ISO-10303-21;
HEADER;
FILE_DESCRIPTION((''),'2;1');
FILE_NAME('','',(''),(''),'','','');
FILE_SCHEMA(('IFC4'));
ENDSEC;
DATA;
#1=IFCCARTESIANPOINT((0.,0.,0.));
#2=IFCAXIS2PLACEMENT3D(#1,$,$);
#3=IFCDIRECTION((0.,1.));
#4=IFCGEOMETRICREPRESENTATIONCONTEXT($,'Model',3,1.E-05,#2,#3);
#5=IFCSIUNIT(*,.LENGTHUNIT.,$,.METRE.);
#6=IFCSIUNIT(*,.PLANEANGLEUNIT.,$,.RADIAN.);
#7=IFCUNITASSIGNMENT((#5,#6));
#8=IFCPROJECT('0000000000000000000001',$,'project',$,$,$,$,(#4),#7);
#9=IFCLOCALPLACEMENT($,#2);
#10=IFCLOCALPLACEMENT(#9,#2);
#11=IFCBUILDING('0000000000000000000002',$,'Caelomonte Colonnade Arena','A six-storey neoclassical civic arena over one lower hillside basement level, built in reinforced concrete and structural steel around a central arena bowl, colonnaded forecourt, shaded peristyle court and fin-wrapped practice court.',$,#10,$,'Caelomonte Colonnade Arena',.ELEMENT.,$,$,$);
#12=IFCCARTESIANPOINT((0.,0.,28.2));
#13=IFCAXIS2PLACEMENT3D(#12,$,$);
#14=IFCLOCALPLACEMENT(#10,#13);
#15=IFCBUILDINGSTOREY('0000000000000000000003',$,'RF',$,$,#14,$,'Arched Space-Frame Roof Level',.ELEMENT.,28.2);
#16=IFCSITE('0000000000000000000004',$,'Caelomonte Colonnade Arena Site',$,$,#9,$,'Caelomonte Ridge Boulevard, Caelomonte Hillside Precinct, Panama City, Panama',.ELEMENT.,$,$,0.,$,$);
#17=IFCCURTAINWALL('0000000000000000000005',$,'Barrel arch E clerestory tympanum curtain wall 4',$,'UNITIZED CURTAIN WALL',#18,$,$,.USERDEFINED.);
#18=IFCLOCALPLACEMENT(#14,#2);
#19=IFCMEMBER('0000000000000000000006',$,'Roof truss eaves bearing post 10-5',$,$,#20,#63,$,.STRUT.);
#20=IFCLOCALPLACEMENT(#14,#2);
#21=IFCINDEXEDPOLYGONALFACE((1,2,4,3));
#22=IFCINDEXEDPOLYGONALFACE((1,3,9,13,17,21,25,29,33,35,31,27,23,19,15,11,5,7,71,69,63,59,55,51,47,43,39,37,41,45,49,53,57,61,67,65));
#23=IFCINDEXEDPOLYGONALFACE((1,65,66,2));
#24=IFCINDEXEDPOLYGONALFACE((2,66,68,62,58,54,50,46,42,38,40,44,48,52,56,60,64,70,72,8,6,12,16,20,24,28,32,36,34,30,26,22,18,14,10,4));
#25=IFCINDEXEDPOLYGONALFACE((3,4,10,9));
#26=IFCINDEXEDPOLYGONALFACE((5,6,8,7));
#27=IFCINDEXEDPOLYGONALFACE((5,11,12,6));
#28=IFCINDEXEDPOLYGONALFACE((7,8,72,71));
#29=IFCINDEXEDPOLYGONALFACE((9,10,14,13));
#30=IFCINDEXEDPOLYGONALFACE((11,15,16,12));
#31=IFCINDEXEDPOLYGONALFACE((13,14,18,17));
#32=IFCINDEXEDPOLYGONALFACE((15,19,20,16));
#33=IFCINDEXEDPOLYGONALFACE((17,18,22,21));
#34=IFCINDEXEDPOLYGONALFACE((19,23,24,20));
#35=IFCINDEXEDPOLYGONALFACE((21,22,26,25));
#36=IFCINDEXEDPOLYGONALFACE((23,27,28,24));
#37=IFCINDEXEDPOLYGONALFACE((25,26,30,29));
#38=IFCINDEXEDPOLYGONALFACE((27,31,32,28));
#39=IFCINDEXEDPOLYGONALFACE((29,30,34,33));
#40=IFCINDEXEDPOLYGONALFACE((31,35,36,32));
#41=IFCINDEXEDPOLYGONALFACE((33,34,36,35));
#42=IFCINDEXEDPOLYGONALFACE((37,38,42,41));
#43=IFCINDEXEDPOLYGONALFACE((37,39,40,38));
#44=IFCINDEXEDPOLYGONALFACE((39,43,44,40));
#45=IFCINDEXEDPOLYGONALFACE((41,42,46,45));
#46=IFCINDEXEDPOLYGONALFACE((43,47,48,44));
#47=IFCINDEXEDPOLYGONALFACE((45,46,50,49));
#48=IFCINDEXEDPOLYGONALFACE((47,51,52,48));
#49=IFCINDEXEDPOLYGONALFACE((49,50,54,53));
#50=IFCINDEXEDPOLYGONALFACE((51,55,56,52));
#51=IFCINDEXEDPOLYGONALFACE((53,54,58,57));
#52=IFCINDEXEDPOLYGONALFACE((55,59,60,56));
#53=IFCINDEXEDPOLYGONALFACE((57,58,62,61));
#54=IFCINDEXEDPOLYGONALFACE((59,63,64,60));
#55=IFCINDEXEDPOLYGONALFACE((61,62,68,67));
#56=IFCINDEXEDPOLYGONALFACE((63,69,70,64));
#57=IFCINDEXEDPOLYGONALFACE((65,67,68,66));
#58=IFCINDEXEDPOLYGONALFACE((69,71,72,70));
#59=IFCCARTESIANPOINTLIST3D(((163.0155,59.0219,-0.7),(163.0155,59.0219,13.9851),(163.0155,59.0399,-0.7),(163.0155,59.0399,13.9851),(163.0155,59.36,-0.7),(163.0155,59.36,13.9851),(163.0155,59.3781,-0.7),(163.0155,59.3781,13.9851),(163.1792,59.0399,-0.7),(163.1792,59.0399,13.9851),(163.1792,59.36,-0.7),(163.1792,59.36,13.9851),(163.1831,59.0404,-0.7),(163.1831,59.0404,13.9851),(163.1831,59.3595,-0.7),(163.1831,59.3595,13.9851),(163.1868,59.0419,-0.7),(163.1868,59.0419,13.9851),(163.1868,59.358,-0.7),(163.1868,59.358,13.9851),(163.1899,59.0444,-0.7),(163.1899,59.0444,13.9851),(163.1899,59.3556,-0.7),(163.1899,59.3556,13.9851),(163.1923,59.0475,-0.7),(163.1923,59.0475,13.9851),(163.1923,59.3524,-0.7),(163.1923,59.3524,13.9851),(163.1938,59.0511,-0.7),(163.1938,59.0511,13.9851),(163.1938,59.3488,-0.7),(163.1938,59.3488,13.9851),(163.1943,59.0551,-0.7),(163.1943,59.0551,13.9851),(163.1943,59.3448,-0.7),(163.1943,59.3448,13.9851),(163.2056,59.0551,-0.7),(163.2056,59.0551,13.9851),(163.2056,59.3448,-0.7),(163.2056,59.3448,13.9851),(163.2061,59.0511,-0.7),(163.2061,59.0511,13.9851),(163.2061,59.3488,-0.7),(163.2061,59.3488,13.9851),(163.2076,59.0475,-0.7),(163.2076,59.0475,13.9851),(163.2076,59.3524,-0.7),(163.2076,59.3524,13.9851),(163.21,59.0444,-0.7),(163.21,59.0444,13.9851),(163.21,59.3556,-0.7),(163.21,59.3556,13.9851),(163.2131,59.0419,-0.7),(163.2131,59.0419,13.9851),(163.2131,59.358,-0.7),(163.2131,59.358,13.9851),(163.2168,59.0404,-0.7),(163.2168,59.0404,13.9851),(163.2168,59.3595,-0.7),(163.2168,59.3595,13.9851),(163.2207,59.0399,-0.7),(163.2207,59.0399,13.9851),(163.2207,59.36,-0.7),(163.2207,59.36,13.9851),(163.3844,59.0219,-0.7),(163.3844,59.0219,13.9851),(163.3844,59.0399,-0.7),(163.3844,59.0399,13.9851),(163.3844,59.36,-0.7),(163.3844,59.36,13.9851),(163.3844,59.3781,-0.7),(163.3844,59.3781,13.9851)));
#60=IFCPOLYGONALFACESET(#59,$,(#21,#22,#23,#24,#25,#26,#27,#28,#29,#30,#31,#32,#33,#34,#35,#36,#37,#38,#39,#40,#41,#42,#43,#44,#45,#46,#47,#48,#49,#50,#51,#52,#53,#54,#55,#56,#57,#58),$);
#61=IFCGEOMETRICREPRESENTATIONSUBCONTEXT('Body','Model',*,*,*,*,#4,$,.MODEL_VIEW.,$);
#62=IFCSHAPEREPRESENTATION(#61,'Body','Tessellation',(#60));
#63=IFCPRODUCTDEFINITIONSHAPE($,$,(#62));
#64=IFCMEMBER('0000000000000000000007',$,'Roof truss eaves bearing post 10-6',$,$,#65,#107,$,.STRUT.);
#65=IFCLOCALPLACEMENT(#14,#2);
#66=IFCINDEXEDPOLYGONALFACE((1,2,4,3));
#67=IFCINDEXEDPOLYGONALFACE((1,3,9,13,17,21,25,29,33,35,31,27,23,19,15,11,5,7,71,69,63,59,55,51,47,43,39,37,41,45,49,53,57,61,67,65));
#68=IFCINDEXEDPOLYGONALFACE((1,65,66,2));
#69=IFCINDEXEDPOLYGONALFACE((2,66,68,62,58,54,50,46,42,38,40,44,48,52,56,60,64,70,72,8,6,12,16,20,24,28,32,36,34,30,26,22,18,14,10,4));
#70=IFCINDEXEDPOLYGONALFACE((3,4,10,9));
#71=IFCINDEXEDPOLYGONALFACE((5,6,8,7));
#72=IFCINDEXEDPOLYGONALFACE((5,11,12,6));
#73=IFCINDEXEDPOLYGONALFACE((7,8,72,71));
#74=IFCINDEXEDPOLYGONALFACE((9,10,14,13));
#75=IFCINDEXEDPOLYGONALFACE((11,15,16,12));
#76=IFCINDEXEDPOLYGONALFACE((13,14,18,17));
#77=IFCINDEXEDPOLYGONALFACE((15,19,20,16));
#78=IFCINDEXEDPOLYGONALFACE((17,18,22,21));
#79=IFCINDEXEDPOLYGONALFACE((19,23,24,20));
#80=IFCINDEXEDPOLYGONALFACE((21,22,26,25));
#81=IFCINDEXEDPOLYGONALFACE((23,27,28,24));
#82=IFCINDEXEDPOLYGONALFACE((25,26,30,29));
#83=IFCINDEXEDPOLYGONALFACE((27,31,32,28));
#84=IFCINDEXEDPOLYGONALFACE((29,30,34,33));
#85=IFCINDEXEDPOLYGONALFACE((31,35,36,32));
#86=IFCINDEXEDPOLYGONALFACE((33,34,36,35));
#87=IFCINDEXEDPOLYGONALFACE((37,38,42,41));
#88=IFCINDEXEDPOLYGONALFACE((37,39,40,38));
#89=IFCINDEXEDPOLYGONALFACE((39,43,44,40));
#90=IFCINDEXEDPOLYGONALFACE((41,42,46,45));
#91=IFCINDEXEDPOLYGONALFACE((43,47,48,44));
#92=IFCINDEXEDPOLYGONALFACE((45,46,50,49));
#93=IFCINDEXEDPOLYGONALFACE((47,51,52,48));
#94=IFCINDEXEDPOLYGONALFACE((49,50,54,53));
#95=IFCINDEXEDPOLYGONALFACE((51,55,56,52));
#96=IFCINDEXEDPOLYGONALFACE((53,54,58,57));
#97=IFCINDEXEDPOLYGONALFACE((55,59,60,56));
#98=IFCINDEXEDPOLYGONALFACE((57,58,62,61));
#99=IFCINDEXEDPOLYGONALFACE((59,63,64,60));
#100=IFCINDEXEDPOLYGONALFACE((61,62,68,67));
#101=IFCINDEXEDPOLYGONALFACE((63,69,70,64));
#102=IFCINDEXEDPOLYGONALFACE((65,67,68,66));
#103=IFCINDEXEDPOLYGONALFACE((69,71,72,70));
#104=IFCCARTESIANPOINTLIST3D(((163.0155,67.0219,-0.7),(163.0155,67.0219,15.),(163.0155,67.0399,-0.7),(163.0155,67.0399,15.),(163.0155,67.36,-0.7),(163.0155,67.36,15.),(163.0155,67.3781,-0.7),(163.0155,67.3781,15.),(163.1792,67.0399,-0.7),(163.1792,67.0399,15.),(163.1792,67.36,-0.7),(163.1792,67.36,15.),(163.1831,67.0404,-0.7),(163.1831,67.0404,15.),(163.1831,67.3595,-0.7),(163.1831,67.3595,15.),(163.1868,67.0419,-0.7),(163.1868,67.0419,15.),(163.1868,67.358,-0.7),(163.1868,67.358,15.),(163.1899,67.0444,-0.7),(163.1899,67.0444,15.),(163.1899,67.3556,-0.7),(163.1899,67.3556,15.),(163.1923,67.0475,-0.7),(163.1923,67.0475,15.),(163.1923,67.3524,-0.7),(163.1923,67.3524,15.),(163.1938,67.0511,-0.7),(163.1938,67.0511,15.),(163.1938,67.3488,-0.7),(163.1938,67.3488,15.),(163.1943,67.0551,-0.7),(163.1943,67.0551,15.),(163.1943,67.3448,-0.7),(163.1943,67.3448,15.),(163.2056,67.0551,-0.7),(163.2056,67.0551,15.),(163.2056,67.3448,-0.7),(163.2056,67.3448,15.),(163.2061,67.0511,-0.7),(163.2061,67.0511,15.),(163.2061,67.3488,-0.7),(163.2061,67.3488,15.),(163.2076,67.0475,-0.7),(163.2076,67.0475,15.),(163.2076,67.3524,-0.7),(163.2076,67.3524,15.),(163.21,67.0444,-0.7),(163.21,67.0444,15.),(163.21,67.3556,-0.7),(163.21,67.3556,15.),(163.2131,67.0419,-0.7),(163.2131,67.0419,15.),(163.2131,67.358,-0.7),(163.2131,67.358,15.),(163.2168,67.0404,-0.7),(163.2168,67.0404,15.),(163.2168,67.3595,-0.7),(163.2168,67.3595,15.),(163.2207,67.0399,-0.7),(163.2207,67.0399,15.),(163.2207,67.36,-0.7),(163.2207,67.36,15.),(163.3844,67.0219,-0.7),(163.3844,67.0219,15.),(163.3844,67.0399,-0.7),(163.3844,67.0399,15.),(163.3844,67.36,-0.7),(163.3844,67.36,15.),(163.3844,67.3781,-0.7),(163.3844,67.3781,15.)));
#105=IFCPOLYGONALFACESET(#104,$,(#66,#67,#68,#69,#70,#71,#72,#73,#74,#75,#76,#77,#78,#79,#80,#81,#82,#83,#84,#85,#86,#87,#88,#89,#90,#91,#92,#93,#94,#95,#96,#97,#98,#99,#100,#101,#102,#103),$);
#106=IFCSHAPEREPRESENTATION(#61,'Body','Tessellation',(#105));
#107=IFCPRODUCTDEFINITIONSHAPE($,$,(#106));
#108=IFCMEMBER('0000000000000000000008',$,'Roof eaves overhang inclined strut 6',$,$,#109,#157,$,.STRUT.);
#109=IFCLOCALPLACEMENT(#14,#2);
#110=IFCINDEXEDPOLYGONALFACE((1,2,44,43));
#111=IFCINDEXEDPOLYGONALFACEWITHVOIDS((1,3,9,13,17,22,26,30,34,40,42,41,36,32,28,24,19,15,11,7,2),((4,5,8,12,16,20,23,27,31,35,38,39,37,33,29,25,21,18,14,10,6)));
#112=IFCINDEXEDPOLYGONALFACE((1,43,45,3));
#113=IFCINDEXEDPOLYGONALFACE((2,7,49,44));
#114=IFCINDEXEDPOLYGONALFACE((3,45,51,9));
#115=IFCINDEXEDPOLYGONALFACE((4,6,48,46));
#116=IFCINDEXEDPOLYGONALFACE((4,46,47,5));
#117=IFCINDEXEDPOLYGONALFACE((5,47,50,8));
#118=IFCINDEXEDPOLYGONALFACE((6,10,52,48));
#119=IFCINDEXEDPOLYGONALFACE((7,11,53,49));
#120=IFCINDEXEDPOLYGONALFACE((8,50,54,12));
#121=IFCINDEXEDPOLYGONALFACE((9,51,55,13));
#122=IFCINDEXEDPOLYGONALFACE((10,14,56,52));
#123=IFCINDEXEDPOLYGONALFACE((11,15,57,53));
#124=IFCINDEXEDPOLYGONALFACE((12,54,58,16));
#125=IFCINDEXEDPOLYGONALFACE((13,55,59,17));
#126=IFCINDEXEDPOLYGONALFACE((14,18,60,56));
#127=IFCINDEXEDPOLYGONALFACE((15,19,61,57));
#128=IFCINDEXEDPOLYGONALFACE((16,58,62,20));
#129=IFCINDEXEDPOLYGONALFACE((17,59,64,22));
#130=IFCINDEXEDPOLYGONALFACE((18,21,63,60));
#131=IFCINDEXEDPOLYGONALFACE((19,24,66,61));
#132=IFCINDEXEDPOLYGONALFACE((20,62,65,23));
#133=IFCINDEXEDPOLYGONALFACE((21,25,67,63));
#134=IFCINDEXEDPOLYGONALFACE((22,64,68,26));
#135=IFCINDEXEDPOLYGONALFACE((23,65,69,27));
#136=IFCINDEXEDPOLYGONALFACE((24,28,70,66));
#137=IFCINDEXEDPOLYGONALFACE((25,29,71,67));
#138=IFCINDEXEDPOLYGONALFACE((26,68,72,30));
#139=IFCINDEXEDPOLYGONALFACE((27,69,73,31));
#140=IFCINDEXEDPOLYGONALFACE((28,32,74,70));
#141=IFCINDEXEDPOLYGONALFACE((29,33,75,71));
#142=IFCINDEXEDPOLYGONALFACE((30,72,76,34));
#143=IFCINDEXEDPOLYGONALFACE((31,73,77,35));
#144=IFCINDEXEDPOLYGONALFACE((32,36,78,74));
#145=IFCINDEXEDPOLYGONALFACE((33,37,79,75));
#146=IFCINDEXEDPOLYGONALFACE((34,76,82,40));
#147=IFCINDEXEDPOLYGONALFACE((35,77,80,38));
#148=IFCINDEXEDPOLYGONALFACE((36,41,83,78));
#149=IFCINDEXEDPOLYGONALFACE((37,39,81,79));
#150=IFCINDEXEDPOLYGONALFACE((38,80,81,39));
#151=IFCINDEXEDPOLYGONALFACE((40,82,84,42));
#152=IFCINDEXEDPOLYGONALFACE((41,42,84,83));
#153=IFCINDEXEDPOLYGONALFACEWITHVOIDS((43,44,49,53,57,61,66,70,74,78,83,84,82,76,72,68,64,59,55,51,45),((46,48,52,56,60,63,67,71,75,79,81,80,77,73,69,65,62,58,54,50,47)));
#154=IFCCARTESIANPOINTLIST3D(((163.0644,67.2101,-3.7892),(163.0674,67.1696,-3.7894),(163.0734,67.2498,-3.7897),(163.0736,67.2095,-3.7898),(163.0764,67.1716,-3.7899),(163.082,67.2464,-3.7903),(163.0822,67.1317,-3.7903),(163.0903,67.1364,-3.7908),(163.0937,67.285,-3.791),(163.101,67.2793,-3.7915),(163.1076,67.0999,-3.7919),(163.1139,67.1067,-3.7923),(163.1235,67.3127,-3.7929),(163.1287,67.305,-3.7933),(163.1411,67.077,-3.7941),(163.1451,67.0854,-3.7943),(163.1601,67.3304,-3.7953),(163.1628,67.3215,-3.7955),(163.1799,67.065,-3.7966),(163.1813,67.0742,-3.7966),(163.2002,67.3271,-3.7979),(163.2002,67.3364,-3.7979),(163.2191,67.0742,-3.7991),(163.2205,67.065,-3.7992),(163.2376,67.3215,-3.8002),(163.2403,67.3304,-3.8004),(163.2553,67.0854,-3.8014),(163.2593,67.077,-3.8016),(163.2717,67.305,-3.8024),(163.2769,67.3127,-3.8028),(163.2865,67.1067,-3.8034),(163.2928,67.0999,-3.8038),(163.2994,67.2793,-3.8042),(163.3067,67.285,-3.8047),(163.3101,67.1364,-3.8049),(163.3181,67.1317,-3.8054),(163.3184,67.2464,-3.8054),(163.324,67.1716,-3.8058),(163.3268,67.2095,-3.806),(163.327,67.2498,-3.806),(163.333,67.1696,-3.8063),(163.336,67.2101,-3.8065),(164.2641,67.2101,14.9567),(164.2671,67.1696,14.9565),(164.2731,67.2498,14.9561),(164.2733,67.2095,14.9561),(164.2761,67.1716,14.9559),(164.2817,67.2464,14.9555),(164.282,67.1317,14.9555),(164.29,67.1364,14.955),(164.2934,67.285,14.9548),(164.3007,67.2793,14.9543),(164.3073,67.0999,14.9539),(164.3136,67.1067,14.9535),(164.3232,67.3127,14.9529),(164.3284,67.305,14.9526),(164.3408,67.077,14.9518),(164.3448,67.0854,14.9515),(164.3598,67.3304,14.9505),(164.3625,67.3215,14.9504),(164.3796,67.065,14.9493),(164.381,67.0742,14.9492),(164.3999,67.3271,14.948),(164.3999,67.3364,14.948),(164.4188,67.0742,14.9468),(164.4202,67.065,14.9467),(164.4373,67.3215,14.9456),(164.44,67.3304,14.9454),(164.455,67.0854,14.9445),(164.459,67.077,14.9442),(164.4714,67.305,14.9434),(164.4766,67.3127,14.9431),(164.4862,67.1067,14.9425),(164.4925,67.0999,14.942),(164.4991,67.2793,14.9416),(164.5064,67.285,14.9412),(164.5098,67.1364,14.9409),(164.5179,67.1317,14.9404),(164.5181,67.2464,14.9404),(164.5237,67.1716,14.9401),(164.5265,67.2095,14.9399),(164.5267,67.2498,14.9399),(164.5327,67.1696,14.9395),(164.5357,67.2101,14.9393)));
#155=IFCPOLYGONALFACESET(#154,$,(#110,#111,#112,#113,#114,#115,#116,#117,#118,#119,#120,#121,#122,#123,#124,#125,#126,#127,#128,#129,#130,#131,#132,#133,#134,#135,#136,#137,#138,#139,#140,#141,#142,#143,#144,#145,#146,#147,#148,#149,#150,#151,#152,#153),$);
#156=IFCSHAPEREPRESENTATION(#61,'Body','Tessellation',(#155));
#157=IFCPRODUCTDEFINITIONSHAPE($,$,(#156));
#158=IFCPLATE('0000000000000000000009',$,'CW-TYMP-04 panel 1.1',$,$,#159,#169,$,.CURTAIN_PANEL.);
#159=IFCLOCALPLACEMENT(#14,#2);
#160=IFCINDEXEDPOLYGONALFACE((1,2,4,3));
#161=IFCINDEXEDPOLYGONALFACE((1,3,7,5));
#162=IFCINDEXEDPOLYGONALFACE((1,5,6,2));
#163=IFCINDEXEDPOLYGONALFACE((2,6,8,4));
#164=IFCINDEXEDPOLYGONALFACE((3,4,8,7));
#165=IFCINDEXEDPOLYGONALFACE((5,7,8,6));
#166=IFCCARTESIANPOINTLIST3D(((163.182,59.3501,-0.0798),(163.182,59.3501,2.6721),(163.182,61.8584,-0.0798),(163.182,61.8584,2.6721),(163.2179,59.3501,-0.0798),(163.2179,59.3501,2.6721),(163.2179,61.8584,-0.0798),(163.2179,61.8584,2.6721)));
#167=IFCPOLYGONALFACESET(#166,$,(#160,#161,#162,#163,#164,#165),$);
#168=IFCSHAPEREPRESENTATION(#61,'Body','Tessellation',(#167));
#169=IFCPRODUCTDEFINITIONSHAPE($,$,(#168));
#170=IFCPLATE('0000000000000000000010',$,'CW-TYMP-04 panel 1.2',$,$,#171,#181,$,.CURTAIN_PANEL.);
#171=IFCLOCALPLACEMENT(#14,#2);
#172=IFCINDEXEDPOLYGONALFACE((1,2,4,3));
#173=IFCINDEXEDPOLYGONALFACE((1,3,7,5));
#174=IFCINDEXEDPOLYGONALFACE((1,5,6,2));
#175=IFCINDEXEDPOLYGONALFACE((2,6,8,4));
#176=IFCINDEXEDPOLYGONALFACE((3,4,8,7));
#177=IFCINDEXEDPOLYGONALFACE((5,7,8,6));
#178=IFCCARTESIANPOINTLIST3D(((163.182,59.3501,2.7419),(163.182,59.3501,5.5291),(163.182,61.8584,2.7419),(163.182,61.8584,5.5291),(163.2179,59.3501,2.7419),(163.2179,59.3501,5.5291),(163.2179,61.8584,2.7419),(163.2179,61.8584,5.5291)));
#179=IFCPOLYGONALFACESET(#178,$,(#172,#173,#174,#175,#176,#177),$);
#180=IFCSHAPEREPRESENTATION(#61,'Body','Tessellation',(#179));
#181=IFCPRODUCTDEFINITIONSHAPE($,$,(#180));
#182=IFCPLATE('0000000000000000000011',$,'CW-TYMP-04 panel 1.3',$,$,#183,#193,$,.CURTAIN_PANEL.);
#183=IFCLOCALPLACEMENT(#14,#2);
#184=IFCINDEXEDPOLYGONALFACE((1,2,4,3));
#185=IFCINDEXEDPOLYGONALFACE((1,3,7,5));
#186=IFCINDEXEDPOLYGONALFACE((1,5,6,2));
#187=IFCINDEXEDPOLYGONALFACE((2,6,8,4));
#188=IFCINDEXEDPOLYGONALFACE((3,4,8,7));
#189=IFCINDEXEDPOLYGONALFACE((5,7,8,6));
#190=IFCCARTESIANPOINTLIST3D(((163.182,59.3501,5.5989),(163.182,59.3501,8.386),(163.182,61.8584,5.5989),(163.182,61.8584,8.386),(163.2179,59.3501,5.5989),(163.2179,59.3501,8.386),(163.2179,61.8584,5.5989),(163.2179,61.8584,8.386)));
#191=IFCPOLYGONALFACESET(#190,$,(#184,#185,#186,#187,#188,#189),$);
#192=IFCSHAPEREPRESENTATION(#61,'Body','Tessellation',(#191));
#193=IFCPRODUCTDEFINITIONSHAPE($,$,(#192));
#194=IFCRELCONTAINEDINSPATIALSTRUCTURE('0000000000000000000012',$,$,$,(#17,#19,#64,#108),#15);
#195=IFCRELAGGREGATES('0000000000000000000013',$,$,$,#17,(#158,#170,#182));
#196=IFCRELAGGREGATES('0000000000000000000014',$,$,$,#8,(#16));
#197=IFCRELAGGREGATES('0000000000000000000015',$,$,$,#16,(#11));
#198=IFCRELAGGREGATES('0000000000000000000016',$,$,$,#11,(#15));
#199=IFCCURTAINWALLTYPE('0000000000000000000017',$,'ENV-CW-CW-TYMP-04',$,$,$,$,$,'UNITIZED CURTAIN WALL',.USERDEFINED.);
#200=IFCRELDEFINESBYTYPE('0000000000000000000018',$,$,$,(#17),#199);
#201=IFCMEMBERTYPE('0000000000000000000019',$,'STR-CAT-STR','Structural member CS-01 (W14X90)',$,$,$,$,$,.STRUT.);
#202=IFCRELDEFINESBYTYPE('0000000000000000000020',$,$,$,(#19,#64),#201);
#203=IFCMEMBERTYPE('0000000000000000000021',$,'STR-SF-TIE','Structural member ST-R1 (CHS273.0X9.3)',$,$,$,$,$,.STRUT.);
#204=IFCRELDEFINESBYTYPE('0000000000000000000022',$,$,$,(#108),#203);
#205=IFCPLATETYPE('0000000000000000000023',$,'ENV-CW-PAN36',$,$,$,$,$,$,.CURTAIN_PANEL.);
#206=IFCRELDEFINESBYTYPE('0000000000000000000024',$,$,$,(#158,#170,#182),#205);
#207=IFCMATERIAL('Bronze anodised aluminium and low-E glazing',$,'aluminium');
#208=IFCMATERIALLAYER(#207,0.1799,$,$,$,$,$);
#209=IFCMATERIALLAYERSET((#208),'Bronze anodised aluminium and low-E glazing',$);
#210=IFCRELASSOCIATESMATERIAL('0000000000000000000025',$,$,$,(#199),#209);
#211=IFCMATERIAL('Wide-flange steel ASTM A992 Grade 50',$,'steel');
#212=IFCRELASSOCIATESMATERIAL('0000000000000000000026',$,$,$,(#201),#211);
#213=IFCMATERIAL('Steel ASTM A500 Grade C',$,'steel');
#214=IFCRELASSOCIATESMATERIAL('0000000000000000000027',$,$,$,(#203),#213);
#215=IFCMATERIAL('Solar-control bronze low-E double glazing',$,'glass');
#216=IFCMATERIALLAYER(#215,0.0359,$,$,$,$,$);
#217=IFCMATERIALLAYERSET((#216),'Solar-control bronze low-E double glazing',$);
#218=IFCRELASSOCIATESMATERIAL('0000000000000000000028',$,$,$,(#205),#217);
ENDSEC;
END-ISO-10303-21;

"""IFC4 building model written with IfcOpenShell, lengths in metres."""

from ifc_helpers import new_model, si_unit, direction, frame, origin, origin_2d, place, context, subcontext, project, spatial, rectangle, hollow_circle, i_section, extrude, material, layer, layer_set, material_profile, profile_set, type_object, element, aggregate, save


model = new_model("IFC4")

# Units and contexts
model_context = context("Model", 3, precision=1e-05, world=origin(), true_north=direction((0.0, 1.0)))
body_context = subcontext(model_context, "Body", "Model", "MODEL_VIEW")
ifc_project = project(units=[si_unit("LENGTHUNIT", "METRE"), si_unit("PLANEANGLEUNIT", "RADIAN")], contexts=[model_context])

# Site, building, storey
site_placement = place(None, origin())
site = spatial("IfcSite", under=ifc_project, at=site_placement, Name="Caelomonte Colonnade Arena Site", LongName="Caelomonte Ridge Boulevard, Caelomonte Hillside Precinct, Panama City, Panama", CompositionType="ELEMENT", RefElevation=0.0)
building_placement = place(site_placement, origin())
building = spatial("IfcBuilding", under=site, at=building_placement, Name="Caelomonte Colonnade Arena", Description="A six-storey neoclassical civic arena over one lower hillside basement level, built in reinforced concrete and structural steel around a central arena bowl, colonnaded forecourt, shaded peristyle court and fin-wrapped practice court.", LongName="Caelomonte Colonnade Arena", CompositionType="ELEMENT")
storey_placement = place(building_placement, frame((0.0, 0.0, 28.2)))
storey = spatial("IfcBuildingStorey", under=building, at=storey_placement, Name="RF", LongName="Arched Space-Frame Roof Level", CompositionType="ELEMENT", Elevation=28.2)

# Shared definitions
ifc_material_1 = material(Name="Bronze anodised aluminium and low-E glazing", Category="aluminium")

# Curtain wall
ifc_layer_1 = layer(ifc_material_1, 0.1799)
ifc_layer_set_1 = layer_set([ifc_layer_1], Name="Bronze anodised aluminium and low-E glazing")
curtain_wall_type_1 = type_object("IfcCurtainWallType", Name="ENV-CW-CW-TYMP-04", ElementType="UNITIZED CURTAIN WALL", PredefinedType="USERDEFINED", material=ifc_layer_set_1)
curtain_wall_1_placement = place(storey_placement, origin())
curtain_wall_1 = element("IfcCurtainWall", 1, at=curtain_wall_1_placement, inside=storey, type_object=curtain_wall_type_1, Name="Barrel arch E clerestory tympanum curtain wall 4", ObjectType="UNITIZED CURTAIN WALL", PredefinedType="USERDEFINED")

# Shared definitions
ifc_material_2 = material(Name="Wide-flange steel ASTM A992 Grade 50", Category="steel")

# Members
ifc_material_profile_1 = material_profile(ifc_material_2, i_section(OverallWidth=0.3689, OverallDepth=0.3562, WebThickness=0.0112, FlangeThickness=0.0181, FilletRadius=0.0151, at=origin_2d()), Name="W14X90")
ifc_profile_set_1 = profile_set([ifc_material_profile_1], Name="Wide-flange steel ASTM A992 Grade 50")
member_type_1 = type_object("IfcMemberType", Name="STR-CAT-STR", Description="Structural member CS-01 (W14X90)", PredefinedType="STRUT", material=ifc_profile_set_1)
member_1_placement = place(storey_placement, frame((163.2, 59.2, -0.7), z_axis=(0.0, 0.0, 1.0), x_axis=(1.0, 0.0, 0.0)))
element("IfcMember", 2, at=member_1_placement, inside=storey, type_object=member_type_1, Name="Roof truss eaves bearing post 10-5", PredefinedType="STRUT", context=body_context, shape_type="SweptSolid", body=[
    extrude(i_section(OverallWidth=0.3689, OverallDepth=0.3562, WebThickness=0.0112, FlangeThickness=0.0181, FilletRadius=0.0151, at=origin_2d()), origin(), (0.0, 0.0, 1.0), 14.6851),
])
member_2_placement = place(storey_placement, frame((163.2, 67.2, -0.7), z_axis=(0.0, 0.0, 1.0), x_axis=(1.0, 0.0, 0.0)))
element("IfcMember", 3, at=member_2_placement, inside=storey, type_object=member_type_1, Name="Roof truss eaves bearing post 10-6", PredefinedType="STRUT", context=body_context, shape_type="SweptSolid", body=[
    extrude(i_section(OverallWidth=0.3689, OverallDepth=0.3562, WebThickness=0.0112, FlangeThickness=0.0181, FilletRadius=0.0151, at=origin_2d()), origin(), (0.0, 0.0, 1.0), 15.7),
])
ifc_material_3 = material(Name="Steel ASTM A500 Grade C", Category="steel")
ifc_material_profile_2 = material_profile(ifc_material_3, hollow_circle(Radius=0.1365, WallThickness=0.0093, at=origin_2d()), Name="CHS273.0X9.3")
ifc_profile_set_2 = profile_set([ifc_material_profile_2], Name="Steel ASTM A500 Grade C")
member_type_2 = type_object("IfcMemberType", Name="STR-SF-TIE", Description="Structural member ST-R1 (CHS273.0X9.3)", PredefinedType="STRUT", material=ifc_profile_set_2)
member_3_placement = place(storey_placement, frame((163.2002, 67.2, -3.7979), z_axis=(0.063868, 0.0, 0.997958), x_axis=(0.0, 1.0, 0.0)))
element("IfcMember", 4, at=member_3_placement, inside=storey, type_object=member_type_2, Name="Roof eaves overhang inclined strut 6", PredefinedType="STRUT", context=body_context, shape_type="SweptSolid", body=[
    extrude(hollow_circle(Radius=0.1365, WallThickness=0.0093, at=origin_2d()), origin(), (0.0, 0.0, 1.0), 18.7842),
])

# Plates
ifc_material_4 = material(Name="Solar-control bronze low-E double glazing", Category="glass")
ifc_layer_2 = layer(ifc_material_4, 0.0359)
ifc_layer_set_2 = layer_set([ifc_layer_2], Name="Solar-control bronze low-E double glazing")
plate_type = type_object("IfcPlateType", Name="ENV-CW-PAN36", PredefinedType="CURTAIN_PANEL", material=ifc_layer_set_2)
plate_1_placement = place(storey_placement, frame((163.2, 60.6042, -0.0798), z_axis=(0.0, 0.0, 1.0), x_axis=(0.0, 1.0, 0.0)))
plate_1 = element("IfcPlate", 5, at=plate_1_placement, type_object=plate_type, Name="CW-TYMP-04 panel 1.1", PredefinedType="CURTAIN_PANEL", context=body_context, shape_type="SweptSolid", body=[
    extrude(rectangle(XDim=2.5083, YDim=0.0359, at=origin_2d()), origin(), (0.0, 0.0, 1.0), 2.752),
])
plate_2_placement = place(storey_placement, frame((163.2, 60.6042, 2.7419), z_axis=(0.0, 0.0, 1.0), x_axis=(0.0, 1.0, 0.0)))
plate_2 = element("IfcPlate", 6, at=plate_2_placement, type_object=plate_type, Name="CW-TYMP-04 panel 1.2", PredefinedType="CURTAIN_PANEL", context=body_context, shape_type="SweptSolid", body=[
    extrude(rectangle(XDim=2.5083, YDim=0.0359, at=origin_2d()), origin(), (0.0, 0.0, 1.0), 2.7871),
])
plate_3_placement = place(storey_placement, frame((163.2, 60.6042, 5.5989), z_axis=(0.0, 0.0, 1.0), x_axis=(0.0, 1.0, 0.0)))
plate_3 = element("IfcPlate", 7, at=plate_3_placement, type_object=plate_type, Name="CW-TYMP-04 panel 1.3", PredefinedType="CURTAIN_PANEL", context=body_context, shape_type="SweptSolid", body=[
    extrude(rectangle(XDim=2.5083, YDim=0.0359, at=origin_2d()), origin(), (0.0, 0.0, 1.0), 2.7871),
])
aggregate(curtain_wall_1, [plate_1, plate_2, plate_3])

save(model, "model.ifc")
